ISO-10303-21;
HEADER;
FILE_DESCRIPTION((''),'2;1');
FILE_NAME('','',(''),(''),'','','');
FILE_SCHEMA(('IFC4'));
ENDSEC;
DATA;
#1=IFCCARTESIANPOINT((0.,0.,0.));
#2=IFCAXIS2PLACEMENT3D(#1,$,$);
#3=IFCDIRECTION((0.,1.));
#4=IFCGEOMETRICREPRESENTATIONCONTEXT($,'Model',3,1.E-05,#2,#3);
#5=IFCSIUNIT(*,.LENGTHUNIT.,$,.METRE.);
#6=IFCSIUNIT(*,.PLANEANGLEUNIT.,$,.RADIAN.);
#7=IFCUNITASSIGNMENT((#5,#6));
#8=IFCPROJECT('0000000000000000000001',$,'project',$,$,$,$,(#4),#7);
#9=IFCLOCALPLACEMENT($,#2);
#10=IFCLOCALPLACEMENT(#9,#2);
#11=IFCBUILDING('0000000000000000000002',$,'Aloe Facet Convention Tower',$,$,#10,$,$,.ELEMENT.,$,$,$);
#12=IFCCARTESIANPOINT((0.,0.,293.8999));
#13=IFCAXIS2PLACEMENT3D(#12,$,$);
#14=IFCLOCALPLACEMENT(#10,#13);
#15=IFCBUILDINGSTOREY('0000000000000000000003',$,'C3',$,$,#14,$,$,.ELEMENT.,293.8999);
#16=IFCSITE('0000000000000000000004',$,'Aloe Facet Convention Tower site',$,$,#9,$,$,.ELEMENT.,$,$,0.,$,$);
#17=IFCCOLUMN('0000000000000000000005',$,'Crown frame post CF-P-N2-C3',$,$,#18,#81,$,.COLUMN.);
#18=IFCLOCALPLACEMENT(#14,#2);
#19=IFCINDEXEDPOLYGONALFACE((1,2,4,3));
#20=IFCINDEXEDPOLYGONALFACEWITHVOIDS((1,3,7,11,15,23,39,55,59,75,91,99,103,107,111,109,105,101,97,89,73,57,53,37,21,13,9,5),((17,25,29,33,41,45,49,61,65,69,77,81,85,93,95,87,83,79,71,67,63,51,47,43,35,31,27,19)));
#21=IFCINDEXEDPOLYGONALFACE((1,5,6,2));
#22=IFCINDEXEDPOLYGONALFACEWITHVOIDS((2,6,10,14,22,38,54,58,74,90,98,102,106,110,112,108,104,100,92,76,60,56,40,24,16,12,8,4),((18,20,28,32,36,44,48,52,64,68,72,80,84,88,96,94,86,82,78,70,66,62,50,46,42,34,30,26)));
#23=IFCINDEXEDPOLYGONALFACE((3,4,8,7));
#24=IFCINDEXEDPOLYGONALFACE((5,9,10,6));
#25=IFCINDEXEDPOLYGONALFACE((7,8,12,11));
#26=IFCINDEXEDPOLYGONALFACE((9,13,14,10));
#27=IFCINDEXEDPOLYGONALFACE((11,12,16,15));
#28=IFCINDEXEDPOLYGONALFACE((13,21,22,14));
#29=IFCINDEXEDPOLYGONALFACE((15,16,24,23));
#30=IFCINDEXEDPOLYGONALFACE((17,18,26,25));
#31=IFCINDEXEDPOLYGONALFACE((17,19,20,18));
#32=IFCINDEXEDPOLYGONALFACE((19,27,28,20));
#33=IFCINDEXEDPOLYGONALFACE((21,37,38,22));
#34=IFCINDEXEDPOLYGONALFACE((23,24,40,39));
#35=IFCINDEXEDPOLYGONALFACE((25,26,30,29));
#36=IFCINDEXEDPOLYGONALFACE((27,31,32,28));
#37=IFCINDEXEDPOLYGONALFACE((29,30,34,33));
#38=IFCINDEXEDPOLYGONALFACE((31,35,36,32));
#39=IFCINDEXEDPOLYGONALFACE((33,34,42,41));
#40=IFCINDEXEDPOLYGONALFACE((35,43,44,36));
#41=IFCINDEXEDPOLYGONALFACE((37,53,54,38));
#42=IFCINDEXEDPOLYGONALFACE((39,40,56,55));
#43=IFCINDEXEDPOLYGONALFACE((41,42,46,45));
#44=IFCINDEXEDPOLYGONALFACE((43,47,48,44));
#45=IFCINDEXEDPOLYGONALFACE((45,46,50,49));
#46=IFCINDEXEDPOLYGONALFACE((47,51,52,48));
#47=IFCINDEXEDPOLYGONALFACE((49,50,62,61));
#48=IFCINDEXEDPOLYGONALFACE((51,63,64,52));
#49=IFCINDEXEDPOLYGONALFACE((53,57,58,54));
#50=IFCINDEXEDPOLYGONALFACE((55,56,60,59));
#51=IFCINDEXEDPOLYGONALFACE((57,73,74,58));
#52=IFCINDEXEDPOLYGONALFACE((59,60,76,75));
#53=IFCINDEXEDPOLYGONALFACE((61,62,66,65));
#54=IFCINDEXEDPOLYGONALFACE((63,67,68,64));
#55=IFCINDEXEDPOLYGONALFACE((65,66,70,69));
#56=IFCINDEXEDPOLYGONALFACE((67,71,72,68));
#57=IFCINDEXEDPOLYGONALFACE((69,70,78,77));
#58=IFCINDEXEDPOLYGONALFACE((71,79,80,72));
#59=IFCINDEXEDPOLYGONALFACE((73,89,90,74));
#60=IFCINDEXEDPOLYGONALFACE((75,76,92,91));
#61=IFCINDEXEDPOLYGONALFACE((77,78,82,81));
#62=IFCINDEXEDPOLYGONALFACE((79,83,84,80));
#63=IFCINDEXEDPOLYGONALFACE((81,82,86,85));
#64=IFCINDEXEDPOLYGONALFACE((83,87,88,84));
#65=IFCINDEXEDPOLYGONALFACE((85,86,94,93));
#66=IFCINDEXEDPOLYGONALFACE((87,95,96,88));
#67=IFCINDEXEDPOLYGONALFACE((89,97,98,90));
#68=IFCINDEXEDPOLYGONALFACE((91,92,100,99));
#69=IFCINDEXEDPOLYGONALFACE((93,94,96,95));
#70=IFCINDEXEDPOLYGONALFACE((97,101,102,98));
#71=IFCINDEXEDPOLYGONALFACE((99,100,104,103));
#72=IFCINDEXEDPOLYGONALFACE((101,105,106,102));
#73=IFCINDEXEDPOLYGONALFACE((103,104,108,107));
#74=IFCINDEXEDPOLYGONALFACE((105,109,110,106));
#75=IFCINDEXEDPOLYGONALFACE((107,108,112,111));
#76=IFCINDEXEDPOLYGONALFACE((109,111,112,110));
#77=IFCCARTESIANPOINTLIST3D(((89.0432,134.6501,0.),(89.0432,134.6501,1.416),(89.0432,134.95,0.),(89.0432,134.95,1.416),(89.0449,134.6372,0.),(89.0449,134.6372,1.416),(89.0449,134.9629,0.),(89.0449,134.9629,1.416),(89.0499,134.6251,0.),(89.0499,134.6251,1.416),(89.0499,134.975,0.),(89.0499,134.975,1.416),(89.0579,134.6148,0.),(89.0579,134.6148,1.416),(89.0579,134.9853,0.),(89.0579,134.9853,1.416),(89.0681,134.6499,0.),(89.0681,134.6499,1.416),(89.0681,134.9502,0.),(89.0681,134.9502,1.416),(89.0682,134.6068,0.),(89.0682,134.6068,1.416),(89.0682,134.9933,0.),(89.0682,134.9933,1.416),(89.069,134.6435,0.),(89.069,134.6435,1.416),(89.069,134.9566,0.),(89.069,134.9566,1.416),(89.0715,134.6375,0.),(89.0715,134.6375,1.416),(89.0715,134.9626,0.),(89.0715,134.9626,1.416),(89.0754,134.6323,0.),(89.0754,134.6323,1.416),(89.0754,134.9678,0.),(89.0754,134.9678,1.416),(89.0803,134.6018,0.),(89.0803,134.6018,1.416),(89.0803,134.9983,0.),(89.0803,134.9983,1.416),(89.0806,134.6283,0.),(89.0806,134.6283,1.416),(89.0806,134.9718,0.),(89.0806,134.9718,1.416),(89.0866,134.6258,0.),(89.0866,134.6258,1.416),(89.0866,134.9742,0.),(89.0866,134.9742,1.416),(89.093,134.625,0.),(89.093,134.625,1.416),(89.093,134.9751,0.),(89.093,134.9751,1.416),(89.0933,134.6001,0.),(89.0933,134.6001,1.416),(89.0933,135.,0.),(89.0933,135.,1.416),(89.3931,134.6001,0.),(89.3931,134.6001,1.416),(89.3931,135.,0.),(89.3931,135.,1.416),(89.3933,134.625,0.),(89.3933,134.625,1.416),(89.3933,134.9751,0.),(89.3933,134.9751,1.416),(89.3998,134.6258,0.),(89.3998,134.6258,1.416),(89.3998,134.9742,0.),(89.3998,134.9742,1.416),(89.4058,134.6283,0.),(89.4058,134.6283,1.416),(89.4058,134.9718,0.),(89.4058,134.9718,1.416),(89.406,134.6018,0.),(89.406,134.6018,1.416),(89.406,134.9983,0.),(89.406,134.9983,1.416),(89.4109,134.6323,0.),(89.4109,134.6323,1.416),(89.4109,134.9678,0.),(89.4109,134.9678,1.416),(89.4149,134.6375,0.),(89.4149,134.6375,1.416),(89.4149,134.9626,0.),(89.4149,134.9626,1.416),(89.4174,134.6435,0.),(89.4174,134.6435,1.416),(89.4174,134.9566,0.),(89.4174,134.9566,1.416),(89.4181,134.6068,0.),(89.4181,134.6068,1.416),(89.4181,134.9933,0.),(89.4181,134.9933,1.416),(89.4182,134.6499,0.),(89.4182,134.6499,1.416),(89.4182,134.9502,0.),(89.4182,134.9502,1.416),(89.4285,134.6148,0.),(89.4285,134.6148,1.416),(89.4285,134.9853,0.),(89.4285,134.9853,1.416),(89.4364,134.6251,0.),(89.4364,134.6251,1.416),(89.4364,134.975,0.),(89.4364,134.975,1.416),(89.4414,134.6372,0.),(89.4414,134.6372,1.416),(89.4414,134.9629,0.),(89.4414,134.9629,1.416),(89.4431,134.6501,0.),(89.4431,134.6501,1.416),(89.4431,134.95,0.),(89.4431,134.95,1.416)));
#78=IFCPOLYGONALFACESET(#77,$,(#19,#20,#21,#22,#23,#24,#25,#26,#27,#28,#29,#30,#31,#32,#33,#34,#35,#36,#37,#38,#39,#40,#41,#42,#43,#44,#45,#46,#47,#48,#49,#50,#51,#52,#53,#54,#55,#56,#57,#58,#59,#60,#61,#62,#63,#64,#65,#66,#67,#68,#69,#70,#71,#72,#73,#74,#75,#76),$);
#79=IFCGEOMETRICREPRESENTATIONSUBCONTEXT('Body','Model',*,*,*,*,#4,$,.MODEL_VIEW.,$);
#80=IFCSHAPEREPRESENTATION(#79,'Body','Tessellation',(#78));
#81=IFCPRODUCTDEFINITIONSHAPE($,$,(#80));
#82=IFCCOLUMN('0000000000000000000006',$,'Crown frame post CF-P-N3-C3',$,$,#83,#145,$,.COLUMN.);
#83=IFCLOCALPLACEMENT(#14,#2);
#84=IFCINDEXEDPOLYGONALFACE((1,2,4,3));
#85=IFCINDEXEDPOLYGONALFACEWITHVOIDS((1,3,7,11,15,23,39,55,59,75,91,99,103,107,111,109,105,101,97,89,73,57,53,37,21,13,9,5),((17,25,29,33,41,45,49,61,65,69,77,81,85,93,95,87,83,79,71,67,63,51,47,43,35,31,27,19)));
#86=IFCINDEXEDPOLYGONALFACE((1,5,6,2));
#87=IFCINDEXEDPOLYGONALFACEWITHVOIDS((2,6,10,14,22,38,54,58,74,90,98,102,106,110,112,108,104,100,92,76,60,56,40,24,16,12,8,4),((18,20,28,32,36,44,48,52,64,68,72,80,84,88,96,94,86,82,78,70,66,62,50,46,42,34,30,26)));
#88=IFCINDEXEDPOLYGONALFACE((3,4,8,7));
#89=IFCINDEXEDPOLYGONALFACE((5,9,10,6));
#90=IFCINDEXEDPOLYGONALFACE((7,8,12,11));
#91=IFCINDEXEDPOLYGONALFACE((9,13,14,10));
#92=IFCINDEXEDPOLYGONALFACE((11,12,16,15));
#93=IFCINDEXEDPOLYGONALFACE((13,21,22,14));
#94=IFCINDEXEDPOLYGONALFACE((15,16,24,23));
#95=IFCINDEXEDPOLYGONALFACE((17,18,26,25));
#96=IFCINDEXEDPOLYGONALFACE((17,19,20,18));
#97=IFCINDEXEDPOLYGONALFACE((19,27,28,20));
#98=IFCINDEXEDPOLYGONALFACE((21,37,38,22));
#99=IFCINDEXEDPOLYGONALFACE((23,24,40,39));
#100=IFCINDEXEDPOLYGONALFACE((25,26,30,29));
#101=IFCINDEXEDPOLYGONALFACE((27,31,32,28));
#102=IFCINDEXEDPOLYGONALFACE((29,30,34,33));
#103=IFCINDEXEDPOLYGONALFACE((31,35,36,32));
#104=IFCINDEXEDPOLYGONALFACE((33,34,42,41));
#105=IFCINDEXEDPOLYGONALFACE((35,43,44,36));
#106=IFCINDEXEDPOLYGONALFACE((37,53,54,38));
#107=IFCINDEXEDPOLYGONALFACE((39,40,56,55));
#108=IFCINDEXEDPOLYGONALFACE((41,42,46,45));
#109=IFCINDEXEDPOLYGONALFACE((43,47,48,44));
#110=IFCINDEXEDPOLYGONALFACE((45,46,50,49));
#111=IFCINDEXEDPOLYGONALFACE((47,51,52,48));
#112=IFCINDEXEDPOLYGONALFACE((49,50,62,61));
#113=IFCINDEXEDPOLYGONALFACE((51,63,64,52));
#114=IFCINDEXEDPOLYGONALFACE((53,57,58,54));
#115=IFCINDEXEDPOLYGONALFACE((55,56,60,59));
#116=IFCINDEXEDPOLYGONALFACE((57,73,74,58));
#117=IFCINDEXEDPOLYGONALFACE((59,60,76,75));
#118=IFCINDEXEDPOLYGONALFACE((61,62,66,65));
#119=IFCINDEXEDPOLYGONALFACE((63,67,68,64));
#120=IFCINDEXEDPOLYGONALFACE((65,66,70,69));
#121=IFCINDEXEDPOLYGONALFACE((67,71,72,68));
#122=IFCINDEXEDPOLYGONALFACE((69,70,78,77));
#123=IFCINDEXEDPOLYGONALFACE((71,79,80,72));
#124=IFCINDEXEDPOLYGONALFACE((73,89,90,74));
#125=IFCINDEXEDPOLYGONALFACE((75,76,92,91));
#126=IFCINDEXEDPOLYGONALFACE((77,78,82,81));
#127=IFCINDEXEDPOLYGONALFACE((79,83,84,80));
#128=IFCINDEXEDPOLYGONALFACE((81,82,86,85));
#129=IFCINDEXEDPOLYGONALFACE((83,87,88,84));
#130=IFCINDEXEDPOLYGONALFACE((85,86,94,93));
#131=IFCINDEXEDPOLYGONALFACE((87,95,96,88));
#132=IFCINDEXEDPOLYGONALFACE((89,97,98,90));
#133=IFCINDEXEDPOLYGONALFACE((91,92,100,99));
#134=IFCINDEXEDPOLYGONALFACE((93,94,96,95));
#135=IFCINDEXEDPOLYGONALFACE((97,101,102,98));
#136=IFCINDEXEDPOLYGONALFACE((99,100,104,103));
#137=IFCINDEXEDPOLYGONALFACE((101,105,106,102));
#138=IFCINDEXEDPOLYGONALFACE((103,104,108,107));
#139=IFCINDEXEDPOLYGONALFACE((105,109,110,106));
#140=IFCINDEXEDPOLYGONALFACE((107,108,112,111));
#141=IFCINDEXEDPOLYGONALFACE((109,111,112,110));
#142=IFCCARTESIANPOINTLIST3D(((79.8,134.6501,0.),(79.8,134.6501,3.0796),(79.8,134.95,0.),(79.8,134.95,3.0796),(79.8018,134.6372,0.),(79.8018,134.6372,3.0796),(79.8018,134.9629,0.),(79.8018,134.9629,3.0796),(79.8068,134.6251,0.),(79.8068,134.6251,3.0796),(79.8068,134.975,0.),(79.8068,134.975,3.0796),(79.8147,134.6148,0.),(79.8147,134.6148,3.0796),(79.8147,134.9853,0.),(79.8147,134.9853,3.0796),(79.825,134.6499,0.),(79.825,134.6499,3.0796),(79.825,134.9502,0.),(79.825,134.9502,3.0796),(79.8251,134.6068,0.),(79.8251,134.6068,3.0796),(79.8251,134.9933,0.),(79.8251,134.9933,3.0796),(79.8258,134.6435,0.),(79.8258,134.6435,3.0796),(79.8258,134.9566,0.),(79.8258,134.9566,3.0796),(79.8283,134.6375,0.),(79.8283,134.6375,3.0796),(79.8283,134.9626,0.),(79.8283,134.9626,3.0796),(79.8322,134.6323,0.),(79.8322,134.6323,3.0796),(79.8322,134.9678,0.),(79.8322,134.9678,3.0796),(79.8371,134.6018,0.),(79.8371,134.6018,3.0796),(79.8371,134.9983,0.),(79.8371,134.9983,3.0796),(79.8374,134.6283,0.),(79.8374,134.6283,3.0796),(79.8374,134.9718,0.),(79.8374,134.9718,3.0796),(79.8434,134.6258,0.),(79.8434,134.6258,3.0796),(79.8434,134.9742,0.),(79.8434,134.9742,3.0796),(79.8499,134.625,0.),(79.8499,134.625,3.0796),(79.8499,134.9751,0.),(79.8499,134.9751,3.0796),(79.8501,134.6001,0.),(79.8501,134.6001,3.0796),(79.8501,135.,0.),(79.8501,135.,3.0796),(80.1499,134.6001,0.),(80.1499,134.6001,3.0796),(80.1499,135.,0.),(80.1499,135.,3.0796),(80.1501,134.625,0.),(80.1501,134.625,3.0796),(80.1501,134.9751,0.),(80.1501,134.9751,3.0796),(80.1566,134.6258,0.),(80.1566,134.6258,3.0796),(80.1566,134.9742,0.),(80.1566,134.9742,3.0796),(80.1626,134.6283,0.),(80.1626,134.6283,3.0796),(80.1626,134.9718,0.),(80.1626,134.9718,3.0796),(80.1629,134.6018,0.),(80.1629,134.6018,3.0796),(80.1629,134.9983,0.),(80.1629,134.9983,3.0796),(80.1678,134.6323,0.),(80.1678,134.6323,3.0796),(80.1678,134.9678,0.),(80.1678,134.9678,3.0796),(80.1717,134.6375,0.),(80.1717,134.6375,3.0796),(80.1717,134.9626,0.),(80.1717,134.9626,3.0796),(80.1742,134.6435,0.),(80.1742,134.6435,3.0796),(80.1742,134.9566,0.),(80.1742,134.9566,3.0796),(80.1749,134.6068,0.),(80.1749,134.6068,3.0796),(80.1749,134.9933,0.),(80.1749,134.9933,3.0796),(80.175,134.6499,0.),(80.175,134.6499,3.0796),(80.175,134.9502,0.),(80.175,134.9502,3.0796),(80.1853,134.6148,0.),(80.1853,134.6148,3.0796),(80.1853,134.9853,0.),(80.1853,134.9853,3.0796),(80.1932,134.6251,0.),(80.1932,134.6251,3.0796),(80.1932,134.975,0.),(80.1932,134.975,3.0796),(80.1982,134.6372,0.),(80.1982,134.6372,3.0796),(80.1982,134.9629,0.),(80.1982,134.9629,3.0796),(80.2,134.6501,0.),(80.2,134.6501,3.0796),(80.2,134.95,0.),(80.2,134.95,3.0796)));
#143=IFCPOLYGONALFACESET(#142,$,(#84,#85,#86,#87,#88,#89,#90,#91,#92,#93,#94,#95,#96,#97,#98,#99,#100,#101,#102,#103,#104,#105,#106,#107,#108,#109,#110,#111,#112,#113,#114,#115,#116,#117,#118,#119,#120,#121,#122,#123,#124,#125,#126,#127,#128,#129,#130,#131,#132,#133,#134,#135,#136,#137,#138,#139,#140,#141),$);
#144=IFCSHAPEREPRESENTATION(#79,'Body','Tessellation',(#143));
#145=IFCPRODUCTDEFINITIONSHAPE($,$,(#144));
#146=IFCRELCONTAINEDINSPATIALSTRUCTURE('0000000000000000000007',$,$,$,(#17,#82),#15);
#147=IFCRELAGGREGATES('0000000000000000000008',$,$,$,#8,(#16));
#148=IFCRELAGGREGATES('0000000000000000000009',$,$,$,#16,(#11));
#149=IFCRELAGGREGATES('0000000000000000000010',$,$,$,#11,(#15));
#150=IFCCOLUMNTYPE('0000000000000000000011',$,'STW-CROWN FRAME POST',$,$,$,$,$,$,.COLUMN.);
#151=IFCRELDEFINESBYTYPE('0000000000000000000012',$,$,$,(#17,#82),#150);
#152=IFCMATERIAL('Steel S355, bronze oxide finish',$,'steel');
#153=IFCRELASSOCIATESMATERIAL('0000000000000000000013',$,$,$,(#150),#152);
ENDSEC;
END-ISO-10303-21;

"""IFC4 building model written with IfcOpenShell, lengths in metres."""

from ifc_helpers import new_model, si_unit, direction, frame, origin, origin_2d, place, context, subcontext, project, spatial, hollow_rectangle, extrude, material, material_profile, profile_set, type_object, element, save


model = new_model("IFC4")

# Units and contexts
model_context = context("Model", 3, precision=1e-05, world=origin(), true_north=direction((0.0, 1.0)))
body_context = subcontext(model_context, "Body", "Model", "MODEL_VIEW")
ifc_project = project(units=[si_unit("LENGTHUNIT", "METRE"), si_unit("PLANEANGLEUNIT", "RADIAN")], contexts=[model_context])

# Site, building, storey
site_placement = place(None, origin())
site = spatial("IfcSite", under=ifc_project, at=site_placement, Name="Aloe Facet Convention Tower site", CompositionType="ELEMENT", RefElevation=0.0)
building_placement = place(site_placement, origin())
building = spatial("IfcBuilding", under=site, at=building_placement, Name="Aloe Facet Convention Tower", CompositionType="ELEMENT")
storey_placement = place(building_placement, frame((0.0, 0.0, 293.8999)))
storey = spatial("IfcBuildingStorey", under=building, at=storey_placement, Name="C3", CompositionType="ELEMENT", Elevation=293.8999)

# Columns
ifc_material_1 = material(Name="Steel S355, bronze oxide finish", Category="steel")
ifc_material_profile_1 = material_profile(ifc_material_1, hollow_rectangle(XDim=0.3999, YDim=0.3999, WallThickness=0.0249, InnerFilletRadius=0.0249, OuterFilletRadius=0.05, at=origin_2d()), Name="SHS 400x400x25")
ifc_profile_set_1 = profile_set([ifc_material_profile_1], Name="Steel S355, bronze oxide finish")
column_type = type_object("IfcColumnType", Name="STW-CROWN FRAME POST", PredefinedType="COLUMN", material=ifc_profile_set_1)
column_1_placement = place(storey_placement, frame((89.2432, 134.8, 0.0), z_axis=(0.0, 0.0, 1.0), x_axis=(1.0, 0.0, 0.0)))
element("IfcColumn", 1, at=column_1_placement, inside=storey, type_object=column_type, Name="Crown frame post CF-P-N2-C3", PredefinedType="COLUMN", context=body_context, shape_type="SweptSolid", body=[
    extrude(hollow_rectangle(XDim=0.3999, YDim=0.3999, WallThickness=0.0249, InnerFilletRadius=0.0249, OuterFilletRadius=0.05, at=origin_2d()), origin(), (0.0, 0.0, 1.0), 1.416),
])
column_2_placement = place(storey_placement, frame((80.0, 134.8, 0.0), z_axis=(0.0, 0.0, 1.0), x_axis=(1.0, 0.0, 0.0)))
element("IfcColumn", 2, at=column_2_placement, inside=storey, type_object=column_type, Name="Crown frame post CF-P-N3-C3", PredefinedType="COLUMN", context=body_context, shape_type="SweptSolid", body=[
    extrude(hollow_rectangle(XDim=0.3999, YDim=0.3999, WallThickness=0.0249, InnerFilletRadius=0.0249, OuterFilletRadius=0.05, at=origin_2d()), origin(), (0.0, 0.0, 1.0), 3.0796),
])

save(model, "model.ifc")
